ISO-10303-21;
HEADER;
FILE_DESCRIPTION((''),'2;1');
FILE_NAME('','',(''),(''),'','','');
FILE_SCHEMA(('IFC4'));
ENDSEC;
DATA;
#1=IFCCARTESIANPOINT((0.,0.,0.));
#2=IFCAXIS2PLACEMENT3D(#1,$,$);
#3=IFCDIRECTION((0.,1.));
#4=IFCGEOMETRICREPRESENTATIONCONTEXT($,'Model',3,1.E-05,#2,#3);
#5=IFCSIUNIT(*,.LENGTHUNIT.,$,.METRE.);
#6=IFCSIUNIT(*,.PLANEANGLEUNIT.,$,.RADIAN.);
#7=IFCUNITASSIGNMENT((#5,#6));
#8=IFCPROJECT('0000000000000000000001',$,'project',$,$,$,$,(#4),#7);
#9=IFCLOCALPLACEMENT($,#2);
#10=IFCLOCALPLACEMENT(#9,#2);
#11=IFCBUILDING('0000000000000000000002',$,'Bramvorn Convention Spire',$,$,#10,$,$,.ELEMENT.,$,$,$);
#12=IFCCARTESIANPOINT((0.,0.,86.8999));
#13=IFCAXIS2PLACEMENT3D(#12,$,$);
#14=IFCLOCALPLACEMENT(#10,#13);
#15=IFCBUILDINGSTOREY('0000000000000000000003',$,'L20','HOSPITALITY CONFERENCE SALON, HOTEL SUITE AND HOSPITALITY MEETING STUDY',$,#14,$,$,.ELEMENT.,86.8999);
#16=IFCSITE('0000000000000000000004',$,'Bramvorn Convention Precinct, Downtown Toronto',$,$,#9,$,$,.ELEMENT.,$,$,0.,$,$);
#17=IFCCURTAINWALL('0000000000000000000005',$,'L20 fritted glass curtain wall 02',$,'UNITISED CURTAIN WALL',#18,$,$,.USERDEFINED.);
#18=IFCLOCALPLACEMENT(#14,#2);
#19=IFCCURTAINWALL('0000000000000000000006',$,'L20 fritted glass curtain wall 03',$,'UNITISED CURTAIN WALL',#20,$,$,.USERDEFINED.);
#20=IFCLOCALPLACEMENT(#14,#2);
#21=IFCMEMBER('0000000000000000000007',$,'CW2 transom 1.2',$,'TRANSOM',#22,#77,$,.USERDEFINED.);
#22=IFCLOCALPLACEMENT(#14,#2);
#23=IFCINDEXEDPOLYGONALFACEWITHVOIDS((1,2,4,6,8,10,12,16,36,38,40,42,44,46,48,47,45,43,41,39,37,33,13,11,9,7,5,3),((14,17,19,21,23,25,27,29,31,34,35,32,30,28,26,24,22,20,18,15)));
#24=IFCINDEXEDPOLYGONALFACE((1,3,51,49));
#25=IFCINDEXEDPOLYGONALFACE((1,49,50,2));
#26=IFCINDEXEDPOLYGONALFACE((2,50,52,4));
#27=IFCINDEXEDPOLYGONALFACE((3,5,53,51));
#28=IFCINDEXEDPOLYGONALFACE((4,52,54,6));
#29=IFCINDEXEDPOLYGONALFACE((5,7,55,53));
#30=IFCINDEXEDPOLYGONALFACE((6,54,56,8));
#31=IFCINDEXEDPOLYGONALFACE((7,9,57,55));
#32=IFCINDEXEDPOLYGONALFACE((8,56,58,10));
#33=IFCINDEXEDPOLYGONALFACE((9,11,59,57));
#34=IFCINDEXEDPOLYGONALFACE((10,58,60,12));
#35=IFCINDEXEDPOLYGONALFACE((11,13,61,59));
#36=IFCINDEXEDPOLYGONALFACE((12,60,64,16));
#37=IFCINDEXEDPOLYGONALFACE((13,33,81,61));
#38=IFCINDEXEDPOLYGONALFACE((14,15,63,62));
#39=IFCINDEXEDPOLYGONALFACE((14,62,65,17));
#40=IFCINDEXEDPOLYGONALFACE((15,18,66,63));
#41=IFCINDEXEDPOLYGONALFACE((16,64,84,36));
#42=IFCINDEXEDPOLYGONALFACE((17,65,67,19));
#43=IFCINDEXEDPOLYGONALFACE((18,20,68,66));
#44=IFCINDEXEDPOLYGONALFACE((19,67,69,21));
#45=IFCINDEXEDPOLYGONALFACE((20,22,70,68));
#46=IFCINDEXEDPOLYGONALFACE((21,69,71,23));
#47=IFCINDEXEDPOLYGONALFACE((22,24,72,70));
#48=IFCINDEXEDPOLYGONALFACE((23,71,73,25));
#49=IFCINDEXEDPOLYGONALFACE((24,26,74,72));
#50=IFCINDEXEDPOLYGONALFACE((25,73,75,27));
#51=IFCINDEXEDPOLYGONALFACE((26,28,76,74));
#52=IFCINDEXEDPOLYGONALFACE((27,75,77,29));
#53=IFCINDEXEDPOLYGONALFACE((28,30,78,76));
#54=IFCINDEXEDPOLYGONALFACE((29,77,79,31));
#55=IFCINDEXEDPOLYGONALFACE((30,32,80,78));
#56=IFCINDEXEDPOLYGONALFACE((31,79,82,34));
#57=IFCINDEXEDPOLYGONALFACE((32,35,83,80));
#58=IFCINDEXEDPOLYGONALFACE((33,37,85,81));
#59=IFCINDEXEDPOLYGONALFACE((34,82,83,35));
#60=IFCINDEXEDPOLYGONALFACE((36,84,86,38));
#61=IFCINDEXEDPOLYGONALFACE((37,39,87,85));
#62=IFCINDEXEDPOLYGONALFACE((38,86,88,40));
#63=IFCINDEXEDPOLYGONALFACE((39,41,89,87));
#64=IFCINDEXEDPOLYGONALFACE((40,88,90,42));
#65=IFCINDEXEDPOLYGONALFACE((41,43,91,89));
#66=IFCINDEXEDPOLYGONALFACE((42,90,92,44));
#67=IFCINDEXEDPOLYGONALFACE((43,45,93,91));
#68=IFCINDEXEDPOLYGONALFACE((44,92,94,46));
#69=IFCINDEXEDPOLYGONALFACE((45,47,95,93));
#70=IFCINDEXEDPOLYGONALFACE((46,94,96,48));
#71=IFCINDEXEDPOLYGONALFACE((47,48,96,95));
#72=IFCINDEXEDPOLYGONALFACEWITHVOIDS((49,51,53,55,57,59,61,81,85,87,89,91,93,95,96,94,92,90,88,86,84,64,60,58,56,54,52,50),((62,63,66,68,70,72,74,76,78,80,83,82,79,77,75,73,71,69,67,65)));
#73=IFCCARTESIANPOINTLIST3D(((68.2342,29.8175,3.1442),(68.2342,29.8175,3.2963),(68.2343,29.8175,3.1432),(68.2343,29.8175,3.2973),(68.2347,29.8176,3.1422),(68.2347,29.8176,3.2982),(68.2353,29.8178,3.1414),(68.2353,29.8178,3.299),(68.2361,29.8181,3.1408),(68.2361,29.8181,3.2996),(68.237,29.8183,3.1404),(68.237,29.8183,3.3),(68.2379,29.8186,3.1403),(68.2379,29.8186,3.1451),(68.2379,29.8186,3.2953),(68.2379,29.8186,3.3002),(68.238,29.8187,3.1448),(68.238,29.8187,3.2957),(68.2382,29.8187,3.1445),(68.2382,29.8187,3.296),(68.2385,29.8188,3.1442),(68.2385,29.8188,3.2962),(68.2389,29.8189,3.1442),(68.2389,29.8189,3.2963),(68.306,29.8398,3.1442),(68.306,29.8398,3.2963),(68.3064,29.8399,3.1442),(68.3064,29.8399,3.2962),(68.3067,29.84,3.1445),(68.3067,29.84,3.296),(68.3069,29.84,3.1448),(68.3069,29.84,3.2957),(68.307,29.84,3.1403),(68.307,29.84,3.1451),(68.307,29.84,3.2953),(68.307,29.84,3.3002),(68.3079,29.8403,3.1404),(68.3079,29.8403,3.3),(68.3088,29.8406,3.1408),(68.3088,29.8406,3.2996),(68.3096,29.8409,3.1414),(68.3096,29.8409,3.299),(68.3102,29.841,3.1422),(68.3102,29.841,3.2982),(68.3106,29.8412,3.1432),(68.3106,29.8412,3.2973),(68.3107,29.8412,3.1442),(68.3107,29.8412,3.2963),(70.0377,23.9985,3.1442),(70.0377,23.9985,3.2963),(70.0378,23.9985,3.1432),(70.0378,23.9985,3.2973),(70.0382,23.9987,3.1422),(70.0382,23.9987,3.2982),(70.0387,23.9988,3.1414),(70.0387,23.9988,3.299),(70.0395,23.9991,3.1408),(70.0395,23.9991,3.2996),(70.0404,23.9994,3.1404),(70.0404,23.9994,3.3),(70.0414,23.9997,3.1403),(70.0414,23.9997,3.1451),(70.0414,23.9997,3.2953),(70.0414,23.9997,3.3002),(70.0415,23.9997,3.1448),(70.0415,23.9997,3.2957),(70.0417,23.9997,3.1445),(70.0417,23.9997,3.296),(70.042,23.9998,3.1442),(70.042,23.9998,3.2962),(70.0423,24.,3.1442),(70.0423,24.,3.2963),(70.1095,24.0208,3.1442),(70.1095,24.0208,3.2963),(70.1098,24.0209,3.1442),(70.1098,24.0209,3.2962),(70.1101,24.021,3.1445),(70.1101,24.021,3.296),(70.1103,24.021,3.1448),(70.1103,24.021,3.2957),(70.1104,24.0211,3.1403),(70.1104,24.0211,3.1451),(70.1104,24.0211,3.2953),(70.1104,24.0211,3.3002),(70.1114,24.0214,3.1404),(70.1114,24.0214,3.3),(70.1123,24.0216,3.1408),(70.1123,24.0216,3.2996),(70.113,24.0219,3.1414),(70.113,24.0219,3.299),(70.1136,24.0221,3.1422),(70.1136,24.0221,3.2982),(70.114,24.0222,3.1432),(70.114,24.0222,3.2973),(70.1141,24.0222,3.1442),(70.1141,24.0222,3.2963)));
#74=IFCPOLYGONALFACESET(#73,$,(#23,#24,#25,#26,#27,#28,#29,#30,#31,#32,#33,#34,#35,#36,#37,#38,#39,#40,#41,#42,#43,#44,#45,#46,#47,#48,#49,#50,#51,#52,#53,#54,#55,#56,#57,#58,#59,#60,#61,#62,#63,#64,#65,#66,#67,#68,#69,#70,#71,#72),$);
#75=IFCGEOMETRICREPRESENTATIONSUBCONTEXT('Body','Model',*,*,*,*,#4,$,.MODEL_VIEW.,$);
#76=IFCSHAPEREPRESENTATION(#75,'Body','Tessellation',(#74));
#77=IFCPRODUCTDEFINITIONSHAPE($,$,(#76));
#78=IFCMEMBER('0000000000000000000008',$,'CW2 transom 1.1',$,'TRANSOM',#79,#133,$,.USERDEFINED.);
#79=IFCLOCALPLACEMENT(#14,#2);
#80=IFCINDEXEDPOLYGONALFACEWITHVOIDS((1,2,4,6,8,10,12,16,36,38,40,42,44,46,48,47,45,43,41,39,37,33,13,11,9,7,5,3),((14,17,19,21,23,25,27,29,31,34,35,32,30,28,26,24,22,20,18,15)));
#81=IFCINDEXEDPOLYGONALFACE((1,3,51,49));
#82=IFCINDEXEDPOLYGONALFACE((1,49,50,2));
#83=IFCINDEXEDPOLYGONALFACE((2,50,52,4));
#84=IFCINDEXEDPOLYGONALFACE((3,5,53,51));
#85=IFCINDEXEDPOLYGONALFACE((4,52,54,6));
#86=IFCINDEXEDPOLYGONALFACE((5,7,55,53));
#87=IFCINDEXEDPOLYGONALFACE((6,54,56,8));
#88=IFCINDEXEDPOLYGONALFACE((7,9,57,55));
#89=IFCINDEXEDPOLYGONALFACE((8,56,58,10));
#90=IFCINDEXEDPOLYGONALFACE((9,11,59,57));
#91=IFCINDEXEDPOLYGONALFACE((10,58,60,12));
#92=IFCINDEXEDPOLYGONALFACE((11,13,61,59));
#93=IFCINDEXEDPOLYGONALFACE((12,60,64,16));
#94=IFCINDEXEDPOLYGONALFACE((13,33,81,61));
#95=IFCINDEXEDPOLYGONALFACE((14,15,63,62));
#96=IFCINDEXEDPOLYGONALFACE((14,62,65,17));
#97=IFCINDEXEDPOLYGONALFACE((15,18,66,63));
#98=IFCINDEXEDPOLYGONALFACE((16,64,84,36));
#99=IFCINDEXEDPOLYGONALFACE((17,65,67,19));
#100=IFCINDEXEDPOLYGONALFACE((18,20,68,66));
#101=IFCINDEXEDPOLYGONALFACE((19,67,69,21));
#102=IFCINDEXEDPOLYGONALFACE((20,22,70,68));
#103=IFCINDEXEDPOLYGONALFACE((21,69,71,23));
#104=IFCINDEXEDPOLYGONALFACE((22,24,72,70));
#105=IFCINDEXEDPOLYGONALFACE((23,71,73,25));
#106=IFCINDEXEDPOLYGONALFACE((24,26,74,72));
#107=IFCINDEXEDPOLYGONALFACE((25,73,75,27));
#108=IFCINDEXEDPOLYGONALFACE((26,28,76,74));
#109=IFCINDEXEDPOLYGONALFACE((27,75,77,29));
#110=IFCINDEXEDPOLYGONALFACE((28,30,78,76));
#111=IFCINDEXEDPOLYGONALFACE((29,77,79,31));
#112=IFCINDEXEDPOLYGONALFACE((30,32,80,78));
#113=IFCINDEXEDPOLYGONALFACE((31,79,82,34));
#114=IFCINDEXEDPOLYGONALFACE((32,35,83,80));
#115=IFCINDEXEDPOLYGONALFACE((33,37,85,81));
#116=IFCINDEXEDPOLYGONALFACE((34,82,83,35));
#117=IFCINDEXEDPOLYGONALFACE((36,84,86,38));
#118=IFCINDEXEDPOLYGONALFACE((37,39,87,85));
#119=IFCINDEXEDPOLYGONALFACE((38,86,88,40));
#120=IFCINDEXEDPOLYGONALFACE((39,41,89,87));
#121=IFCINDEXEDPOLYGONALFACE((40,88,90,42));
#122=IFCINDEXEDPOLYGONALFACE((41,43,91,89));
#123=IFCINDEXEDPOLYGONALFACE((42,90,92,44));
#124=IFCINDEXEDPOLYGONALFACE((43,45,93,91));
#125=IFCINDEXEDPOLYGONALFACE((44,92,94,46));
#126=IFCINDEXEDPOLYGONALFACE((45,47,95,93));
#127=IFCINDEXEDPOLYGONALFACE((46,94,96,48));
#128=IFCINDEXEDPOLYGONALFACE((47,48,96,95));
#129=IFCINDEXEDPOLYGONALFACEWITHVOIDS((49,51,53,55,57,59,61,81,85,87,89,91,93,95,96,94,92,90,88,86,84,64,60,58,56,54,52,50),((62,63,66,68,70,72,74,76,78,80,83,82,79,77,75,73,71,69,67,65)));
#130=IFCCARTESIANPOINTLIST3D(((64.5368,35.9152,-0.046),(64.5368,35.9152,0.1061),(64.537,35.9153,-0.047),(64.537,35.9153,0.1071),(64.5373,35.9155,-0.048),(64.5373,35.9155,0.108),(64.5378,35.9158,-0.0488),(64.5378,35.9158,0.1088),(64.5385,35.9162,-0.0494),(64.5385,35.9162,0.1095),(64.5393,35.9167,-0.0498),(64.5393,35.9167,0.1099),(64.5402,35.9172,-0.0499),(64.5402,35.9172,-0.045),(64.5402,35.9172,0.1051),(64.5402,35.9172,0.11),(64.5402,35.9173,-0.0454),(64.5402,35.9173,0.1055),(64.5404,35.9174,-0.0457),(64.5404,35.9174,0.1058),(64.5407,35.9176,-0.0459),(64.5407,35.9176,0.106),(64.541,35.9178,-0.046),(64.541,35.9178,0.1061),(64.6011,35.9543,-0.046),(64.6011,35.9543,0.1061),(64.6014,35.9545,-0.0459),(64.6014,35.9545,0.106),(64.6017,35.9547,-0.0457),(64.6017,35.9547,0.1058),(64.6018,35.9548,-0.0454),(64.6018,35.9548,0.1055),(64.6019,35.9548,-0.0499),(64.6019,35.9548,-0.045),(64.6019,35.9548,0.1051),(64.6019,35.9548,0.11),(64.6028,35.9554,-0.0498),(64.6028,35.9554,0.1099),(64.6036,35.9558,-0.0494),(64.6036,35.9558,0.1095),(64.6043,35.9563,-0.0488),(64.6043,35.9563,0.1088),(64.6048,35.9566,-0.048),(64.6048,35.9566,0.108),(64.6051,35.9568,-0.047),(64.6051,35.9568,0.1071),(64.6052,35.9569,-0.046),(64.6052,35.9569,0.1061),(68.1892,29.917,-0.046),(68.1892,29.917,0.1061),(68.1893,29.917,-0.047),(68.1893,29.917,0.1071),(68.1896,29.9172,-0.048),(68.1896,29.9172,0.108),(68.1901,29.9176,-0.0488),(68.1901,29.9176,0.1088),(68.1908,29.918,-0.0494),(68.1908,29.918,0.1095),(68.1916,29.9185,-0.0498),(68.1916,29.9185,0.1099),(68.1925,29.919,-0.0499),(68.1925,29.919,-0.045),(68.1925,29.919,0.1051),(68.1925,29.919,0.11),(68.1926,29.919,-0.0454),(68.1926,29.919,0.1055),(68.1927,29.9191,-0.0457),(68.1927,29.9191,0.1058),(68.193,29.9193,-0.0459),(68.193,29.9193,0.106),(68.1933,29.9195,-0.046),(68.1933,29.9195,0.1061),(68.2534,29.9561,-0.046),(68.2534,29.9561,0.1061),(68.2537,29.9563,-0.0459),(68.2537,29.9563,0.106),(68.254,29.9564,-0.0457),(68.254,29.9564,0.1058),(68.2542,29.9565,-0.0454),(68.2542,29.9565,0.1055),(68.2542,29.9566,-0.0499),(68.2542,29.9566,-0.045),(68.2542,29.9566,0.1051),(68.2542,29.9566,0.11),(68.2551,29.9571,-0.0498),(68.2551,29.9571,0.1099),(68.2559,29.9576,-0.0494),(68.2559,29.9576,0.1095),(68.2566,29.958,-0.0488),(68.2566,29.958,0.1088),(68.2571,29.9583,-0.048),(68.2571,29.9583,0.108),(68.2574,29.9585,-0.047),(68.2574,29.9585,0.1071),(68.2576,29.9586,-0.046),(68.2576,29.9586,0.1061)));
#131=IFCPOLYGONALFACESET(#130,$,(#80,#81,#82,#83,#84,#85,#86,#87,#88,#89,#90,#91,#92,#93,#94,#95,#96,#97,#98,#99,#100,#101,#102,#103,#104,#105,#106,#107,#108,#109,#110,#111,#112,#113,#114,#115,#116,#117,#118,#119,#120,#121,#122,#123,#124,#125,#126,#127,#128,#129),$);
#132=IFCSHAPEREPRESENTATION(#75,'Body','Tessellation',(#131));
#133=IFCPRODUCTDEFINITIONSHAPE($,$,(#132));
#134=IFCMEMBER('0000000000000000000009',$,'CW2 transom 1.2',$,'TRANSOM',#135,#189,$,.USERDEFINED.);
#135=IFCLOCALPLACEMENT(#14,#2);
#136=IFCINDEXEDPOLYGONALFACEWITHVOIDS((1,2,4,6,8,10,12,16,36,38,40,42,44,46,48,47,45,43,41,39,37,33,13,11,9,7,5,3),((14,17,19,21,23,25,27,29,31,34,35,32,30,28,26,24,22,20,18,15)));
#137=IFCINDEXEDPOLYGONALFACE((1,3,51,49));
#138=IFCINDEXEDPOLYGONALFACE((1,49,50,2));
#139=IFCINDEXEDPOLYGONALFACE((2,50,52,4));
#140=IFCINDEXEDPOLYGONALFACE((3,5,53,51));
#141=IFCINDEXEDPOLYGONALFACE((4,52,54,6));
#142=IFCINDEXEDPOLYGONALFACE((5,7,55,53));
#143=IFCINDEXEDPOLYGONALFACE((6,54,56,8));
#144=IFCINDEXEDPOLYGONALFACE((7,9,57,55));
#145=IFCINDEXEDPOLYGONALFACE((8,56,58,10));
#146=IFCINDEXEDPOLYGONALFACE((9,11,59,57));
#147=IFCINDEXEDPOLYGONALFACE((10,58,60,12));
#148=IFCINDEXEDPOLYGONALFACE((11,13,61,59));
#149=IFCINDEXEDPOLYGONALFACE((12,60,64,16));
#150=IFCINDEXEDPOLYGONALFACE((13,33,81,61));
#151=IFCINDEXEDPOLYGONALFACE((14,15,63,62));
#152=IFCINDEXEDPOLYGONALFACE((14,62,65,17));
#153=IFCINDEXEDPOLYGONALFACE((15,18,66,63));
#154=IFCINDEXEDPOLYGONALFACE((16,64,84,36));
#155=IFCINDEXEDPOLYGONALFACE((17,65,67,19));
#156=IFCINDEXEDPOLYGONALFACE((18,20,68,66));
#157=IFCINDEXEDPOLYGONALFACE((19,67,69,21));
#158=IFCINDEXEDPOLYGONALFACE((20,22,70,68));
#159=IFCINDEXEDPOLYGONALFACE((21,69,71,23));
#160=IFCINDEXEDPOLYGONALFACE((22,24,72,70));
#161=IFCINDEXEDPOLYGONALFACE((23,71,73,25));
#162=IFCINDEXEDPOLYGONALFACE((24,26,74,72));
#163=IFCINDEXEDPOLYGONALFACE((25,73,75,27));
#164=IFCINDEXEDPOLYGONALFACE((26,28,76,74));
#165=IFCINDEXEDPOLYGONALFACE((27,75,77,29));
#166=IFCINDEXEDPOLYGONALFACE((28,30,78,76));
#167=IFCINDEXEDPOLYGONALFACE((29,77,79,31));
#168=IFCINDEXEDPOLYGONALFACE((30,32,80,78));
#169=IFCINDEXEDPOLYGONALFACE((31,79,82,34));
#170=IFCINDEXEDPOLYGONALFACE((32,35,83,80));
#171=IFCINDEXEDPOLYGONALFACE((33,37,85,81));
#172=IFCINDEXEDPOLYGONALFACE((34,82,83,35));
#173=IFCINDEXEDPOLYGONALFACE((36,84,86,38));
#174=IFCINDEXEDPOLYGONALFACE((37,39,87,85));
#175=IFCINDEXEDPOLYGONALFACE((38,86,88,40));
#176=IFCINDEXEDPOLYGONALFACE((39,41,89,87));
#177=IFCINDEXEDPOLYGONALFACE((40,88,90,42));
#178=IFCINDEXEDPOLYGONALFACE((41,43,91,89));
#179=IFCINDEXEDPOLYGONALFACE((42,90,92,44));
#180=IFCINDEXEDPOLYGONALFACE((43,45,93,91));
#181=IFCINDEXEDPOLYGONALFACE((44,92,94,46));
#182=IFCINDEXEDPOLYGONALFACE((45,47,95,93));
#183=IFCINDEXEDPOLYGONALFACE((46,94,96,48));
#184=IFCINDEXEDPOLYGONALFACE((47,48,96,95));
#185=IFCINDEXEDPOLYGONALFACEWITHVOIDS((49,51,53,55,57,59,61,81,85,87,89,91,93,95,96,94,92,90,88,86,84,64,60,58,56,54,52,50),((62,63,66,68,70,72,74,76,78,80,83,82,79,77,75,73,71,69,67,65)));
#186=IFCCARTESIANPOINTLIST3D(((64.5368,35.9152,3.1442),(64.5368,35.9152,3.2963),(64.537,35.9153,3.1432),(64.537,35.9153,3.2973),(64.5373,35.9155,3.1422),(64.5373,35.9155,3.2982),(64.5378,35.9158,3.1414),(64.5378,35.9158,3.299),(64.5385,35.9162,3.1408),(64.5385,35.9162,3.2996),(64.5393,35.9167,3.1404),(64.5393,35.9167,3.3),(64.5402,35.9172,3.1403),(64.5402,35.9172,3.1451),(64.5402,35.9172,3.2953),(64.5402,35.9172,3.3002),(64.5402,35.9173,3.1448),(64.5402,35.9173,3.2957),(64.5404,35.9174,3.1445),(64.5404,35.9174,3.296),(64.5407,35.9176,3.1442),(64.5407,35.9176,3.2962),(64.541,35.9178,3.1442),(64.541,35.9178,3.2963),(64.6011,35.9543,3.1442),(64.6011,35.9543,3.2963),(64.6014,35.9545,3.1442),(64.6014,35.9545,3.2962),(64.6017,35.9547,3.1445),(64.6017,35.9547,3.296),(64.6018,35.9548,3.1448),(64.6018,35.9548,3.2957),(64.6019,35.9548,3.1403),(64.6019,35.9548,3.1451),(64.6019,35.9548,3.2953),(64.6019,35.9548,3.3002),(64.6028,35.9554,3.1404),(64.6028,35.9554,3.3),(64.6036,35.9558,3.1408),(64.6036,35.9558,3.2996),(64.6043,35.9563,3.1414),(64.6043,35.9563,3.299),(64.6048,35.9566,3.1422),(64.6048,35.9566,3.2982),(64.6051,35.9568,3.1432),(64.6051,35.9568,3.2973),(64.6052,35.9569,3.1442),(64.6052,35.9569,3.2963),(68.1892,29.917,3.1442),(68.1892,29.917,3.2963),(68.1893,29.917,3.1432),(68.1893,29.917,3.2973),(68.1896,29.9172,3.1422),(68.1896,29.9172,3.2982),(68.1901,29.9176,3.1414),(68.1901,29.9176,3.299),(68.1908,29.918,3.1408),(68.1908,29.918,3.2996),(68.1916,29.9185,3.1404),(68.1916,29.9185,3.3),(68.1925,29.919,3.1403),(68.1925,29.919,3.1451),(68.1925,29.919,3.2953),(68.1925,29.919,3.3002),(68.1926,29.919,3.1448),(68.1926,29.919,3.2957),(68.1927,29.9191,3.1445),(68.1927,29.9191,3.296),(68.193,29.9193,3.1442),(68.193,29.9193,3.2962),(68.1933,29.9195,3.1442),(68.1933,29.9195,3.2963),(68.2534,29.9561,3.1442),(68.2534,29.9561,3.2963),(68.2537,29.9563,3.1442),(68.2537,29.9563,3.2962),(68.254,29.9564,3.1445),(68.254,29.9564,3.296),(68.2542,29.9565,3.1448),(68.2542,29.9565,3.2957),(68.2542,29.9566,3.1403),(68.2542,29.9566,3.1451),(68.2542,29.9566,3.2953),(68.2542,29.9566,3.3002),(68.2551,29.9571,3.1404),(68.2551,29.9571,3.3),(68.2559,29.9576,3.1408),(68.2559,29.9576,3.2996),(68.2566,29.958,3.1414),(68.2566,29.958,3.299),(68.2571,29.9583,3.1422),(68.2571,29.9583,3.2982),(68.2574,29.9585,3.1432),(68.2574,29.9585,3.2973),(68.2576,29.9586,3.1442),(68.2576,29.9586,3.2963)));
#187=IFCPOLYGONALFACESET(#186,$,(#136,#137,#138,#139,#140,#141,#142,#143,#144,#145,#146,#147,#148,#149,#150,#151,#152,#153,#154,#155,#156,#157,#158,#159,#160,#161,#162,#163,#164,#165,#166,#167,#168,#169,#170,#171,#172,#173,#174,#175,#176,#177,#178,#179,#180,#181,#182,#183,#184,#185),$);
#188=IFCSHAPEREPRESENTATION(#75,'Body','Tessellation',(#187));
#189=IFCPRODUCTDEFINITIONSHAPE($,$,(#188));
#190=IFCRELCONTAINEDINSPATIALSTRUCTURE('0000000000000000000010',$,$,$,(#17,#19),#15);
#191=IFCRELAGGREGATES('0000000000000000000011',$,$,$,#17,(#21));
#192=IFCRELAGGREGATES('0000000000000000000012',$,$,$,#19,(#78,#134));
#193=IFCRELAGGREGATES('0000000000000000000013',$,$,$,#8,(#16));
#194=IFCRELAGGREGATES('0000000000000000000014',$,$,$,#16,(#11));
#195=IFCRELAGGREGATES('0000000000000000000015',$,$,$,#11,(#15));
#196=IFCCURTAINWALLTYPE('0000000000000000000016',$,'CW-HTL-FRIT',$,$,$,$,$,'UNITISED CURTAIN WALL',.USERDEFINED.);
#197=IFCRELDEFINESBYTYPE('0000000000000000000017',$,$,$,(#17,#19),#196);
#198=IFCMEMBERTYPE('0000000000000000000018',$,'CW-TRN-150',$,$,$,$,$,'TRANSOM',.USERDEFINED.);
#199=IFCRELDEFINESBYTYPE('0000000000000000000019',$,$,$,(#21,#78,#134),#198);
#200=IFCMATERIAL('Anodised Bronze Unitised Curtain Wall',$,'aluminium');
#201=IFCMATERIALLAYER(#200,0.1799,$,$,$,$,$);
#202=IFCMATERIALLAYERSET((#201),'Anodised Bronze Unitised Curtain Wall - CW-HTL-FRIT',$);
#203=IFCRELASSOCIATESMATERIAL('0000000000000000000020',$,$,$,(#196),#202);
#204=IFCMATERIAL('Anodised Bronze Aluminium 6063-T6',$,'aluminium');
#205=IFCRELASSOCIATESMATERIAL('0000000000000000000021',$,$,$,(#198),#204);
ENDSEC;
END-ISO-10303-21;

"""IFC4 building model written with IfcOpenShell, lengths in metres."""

from ifc_helpers import new_model, si_unit, direction, frame, origin, origin_2d, place, context, subcontext, project, spatial, hollow_rectangle, extrude, material, layer, layer_set, material_profile, profile_set, type_object, element, aggregate, save


model = new_model("IFC4")

# Units and contexts
model_context = context("Model", 3, precision=1e-05, world=origin(), true_north=direction((0.0, 1.0)))
body_context = subcontext(model_context, "Body", "Model", "MODEL_VIEW")
ifc_project = project(units=[si_unit("LENGTHUNIT", "METRE"), si_unit("PLANEANGLEUNIT", "RADIAN")], contexts=[model_context])

# Site, building, storey
site_placement = place(None, origin())
site = spatial("IfcSite", under=ifc_project, at=site_placement, Name="Bramvorn Convention Precinct, Downtown Toronto", CompositionType="ELEMENT", RefElevation=0.0)
building_placement = place(site_placement, origin())
building = spatial("IfcBuilding", under=site, at=building_placement, Name="Bramvorn Convention Spire", CompositionType="ELEMENT")
storey_placement = place(building_placement, frame((0.0, 0.0, 86.8999)))
storey = spatial("IfcBuildingStorey", under=building, at=storey_placement, Name="L20", Description="HOSPITALITY CONFERENCE SALON, HOTEL SUITE AND HOSPITALITY MEETING STUDY", CompositionType="ELEMENT", Elevation=86.8999)

# Curtain walls
ifc_material_1 = material(Name="Anodised Bronze Unitised Curtain Wall", Category="aluminium")
ifc_layer_1 = layer(ifc_material_1, 0.1799)
ifc_layer_set_1 = layer_set([ifc_layer_1], Name="Anodised Bronze Unitised Curtain Wall - CW-HTL-FRIT")
curtain_wall_type = type_object("IfcCurtainWallType", Name="CW-HTL-FRIT", ElementType="UNITISED CURTAIN WALL", PredefinedType="USERDEFINED", material=ifc_layer_set_1)
curtain_wall_1_placement = place(storey_placement, origin())
curtain_wall_1 = element("IfcCurtainWall", 1, at=curtain_wall_1_placement, inside=storey, type_object=curtain_wall_type, Name="L20 fritted glass curtain wall 02", ObjectType="UNITISED CURTAIN WALL", PredefinedType="USERDEFINED")
ifc_material_2 = material(Name="Anodised Bronze Aluminium 6063-T6", Category="aluminium")
curtain_wall_2_placement = place(storey_placement, origin())
curtain_wall_2 = element("IfcCurtainWall", 2, at=curtain_wall_2_placement, inside=storey, type_object=curtain_wall_type, Name="L20 fritted glass curtain wall 03", ObjectType="UNITISED CURTAIN WALL", PredefinedType="USERDEFINED")

# Members
ifc_material_profile_1 = material_profile(ifc_material_2, hollow_rectangle(XDim=0.0801, YDim=0.1599, WallThickness=0.0039, InnerFilletRadius=0.001, OuterFilletRadius=0.0039, at=origin_2d()))
ifc_profile_set_1 = profile_set([ifc_material_profile_1], Name="Anodised Bronze Aluminium 6063-T6 - CWT80X160")
member_type_1 = type_object("IfcMemberType", Name="CW-TRN-150", ElementType="TRANSOM", PredefinedType="USERDEFINED", material=ifc_profile_set_1)
member_1_placement = place(storey_placement, frame((68.2725, 29.8293, 3.2202), z_axis=(0.296031, -0.955178, 0.0), x_axis=(0.955178, 0.296031, 0.0)))
member_1 = element("IfcMember", 3, at=member_1_placement, type_object=member_type_1, Name="CW2 transom 1.2", ObjectType="TRANSOM", PredefinedType="USERDEFINED", context=body_context, shape_type="SweptSolid", body=[
    extrude(hollow_rectangle(XDim=0.0801, YDim=0.1599, WallThickness=0.0039, InnerFilletRadius=0.001, OuterFilletRadius=0.0039, at=origin_2d()), origin(), (0.0, 0.0, 1.0), 6.092),
])
member_2_placement = place(storey_placement, frame((64.571, 35.936, 0.03), z_axis=(0.520073, -0.854122, 0.0), x_axis=(0.854122, 0.520073, 0.0)))
member_2 = element("IfcMember", 4, at=member_2_placement, type_object=member_type_1, Name="CW2 transom 1.1", ObjectType="TRANSOM", PredefinedType="USERDEFINED", context=body_context, shape_type="SweptSolid", body=[
    extrude(hollow_rectangle(XDim=0.0801, YDim=0.1599, WallThickness=0.0039, InnerFilletRadius=0.001, OuterFilletRadius=0.0039, at=origin_2d()), origin(), (0.0, 0.0, 1.0), 7.0227),
])
member_3_placement = place(storey_placement, frame((64.571, 35.936, 3.2202), z_axis=(0.520073, -0.854122, 0.0), x_axis=(0.854122, 0.520073, 0.0)))
member_3 = element("IfcMember", 5, at=member_3_placement, type_object=member_type_1, Name="CW2 transom 1.2", ObjectType="TRANSOM", PredefinedType="USERDEFINED", context=body_context, shape_type="SweptSolid", body=[
    extrude(hollow_rectangle(XDim=0.0801, YDim=0.1599, WallThickness=0.0039, InnerFilletRadius=0.001, OuterFilletRadius=0.0039, at=origin_2d()), origin(), (0.0, 0.0, 1.0), 7.0227),
])

aggregate(curtain_wall_1, [member_1])
aggregate(curtain_wall_2, [member_2, member_3])

save(model, "model.ifc")
